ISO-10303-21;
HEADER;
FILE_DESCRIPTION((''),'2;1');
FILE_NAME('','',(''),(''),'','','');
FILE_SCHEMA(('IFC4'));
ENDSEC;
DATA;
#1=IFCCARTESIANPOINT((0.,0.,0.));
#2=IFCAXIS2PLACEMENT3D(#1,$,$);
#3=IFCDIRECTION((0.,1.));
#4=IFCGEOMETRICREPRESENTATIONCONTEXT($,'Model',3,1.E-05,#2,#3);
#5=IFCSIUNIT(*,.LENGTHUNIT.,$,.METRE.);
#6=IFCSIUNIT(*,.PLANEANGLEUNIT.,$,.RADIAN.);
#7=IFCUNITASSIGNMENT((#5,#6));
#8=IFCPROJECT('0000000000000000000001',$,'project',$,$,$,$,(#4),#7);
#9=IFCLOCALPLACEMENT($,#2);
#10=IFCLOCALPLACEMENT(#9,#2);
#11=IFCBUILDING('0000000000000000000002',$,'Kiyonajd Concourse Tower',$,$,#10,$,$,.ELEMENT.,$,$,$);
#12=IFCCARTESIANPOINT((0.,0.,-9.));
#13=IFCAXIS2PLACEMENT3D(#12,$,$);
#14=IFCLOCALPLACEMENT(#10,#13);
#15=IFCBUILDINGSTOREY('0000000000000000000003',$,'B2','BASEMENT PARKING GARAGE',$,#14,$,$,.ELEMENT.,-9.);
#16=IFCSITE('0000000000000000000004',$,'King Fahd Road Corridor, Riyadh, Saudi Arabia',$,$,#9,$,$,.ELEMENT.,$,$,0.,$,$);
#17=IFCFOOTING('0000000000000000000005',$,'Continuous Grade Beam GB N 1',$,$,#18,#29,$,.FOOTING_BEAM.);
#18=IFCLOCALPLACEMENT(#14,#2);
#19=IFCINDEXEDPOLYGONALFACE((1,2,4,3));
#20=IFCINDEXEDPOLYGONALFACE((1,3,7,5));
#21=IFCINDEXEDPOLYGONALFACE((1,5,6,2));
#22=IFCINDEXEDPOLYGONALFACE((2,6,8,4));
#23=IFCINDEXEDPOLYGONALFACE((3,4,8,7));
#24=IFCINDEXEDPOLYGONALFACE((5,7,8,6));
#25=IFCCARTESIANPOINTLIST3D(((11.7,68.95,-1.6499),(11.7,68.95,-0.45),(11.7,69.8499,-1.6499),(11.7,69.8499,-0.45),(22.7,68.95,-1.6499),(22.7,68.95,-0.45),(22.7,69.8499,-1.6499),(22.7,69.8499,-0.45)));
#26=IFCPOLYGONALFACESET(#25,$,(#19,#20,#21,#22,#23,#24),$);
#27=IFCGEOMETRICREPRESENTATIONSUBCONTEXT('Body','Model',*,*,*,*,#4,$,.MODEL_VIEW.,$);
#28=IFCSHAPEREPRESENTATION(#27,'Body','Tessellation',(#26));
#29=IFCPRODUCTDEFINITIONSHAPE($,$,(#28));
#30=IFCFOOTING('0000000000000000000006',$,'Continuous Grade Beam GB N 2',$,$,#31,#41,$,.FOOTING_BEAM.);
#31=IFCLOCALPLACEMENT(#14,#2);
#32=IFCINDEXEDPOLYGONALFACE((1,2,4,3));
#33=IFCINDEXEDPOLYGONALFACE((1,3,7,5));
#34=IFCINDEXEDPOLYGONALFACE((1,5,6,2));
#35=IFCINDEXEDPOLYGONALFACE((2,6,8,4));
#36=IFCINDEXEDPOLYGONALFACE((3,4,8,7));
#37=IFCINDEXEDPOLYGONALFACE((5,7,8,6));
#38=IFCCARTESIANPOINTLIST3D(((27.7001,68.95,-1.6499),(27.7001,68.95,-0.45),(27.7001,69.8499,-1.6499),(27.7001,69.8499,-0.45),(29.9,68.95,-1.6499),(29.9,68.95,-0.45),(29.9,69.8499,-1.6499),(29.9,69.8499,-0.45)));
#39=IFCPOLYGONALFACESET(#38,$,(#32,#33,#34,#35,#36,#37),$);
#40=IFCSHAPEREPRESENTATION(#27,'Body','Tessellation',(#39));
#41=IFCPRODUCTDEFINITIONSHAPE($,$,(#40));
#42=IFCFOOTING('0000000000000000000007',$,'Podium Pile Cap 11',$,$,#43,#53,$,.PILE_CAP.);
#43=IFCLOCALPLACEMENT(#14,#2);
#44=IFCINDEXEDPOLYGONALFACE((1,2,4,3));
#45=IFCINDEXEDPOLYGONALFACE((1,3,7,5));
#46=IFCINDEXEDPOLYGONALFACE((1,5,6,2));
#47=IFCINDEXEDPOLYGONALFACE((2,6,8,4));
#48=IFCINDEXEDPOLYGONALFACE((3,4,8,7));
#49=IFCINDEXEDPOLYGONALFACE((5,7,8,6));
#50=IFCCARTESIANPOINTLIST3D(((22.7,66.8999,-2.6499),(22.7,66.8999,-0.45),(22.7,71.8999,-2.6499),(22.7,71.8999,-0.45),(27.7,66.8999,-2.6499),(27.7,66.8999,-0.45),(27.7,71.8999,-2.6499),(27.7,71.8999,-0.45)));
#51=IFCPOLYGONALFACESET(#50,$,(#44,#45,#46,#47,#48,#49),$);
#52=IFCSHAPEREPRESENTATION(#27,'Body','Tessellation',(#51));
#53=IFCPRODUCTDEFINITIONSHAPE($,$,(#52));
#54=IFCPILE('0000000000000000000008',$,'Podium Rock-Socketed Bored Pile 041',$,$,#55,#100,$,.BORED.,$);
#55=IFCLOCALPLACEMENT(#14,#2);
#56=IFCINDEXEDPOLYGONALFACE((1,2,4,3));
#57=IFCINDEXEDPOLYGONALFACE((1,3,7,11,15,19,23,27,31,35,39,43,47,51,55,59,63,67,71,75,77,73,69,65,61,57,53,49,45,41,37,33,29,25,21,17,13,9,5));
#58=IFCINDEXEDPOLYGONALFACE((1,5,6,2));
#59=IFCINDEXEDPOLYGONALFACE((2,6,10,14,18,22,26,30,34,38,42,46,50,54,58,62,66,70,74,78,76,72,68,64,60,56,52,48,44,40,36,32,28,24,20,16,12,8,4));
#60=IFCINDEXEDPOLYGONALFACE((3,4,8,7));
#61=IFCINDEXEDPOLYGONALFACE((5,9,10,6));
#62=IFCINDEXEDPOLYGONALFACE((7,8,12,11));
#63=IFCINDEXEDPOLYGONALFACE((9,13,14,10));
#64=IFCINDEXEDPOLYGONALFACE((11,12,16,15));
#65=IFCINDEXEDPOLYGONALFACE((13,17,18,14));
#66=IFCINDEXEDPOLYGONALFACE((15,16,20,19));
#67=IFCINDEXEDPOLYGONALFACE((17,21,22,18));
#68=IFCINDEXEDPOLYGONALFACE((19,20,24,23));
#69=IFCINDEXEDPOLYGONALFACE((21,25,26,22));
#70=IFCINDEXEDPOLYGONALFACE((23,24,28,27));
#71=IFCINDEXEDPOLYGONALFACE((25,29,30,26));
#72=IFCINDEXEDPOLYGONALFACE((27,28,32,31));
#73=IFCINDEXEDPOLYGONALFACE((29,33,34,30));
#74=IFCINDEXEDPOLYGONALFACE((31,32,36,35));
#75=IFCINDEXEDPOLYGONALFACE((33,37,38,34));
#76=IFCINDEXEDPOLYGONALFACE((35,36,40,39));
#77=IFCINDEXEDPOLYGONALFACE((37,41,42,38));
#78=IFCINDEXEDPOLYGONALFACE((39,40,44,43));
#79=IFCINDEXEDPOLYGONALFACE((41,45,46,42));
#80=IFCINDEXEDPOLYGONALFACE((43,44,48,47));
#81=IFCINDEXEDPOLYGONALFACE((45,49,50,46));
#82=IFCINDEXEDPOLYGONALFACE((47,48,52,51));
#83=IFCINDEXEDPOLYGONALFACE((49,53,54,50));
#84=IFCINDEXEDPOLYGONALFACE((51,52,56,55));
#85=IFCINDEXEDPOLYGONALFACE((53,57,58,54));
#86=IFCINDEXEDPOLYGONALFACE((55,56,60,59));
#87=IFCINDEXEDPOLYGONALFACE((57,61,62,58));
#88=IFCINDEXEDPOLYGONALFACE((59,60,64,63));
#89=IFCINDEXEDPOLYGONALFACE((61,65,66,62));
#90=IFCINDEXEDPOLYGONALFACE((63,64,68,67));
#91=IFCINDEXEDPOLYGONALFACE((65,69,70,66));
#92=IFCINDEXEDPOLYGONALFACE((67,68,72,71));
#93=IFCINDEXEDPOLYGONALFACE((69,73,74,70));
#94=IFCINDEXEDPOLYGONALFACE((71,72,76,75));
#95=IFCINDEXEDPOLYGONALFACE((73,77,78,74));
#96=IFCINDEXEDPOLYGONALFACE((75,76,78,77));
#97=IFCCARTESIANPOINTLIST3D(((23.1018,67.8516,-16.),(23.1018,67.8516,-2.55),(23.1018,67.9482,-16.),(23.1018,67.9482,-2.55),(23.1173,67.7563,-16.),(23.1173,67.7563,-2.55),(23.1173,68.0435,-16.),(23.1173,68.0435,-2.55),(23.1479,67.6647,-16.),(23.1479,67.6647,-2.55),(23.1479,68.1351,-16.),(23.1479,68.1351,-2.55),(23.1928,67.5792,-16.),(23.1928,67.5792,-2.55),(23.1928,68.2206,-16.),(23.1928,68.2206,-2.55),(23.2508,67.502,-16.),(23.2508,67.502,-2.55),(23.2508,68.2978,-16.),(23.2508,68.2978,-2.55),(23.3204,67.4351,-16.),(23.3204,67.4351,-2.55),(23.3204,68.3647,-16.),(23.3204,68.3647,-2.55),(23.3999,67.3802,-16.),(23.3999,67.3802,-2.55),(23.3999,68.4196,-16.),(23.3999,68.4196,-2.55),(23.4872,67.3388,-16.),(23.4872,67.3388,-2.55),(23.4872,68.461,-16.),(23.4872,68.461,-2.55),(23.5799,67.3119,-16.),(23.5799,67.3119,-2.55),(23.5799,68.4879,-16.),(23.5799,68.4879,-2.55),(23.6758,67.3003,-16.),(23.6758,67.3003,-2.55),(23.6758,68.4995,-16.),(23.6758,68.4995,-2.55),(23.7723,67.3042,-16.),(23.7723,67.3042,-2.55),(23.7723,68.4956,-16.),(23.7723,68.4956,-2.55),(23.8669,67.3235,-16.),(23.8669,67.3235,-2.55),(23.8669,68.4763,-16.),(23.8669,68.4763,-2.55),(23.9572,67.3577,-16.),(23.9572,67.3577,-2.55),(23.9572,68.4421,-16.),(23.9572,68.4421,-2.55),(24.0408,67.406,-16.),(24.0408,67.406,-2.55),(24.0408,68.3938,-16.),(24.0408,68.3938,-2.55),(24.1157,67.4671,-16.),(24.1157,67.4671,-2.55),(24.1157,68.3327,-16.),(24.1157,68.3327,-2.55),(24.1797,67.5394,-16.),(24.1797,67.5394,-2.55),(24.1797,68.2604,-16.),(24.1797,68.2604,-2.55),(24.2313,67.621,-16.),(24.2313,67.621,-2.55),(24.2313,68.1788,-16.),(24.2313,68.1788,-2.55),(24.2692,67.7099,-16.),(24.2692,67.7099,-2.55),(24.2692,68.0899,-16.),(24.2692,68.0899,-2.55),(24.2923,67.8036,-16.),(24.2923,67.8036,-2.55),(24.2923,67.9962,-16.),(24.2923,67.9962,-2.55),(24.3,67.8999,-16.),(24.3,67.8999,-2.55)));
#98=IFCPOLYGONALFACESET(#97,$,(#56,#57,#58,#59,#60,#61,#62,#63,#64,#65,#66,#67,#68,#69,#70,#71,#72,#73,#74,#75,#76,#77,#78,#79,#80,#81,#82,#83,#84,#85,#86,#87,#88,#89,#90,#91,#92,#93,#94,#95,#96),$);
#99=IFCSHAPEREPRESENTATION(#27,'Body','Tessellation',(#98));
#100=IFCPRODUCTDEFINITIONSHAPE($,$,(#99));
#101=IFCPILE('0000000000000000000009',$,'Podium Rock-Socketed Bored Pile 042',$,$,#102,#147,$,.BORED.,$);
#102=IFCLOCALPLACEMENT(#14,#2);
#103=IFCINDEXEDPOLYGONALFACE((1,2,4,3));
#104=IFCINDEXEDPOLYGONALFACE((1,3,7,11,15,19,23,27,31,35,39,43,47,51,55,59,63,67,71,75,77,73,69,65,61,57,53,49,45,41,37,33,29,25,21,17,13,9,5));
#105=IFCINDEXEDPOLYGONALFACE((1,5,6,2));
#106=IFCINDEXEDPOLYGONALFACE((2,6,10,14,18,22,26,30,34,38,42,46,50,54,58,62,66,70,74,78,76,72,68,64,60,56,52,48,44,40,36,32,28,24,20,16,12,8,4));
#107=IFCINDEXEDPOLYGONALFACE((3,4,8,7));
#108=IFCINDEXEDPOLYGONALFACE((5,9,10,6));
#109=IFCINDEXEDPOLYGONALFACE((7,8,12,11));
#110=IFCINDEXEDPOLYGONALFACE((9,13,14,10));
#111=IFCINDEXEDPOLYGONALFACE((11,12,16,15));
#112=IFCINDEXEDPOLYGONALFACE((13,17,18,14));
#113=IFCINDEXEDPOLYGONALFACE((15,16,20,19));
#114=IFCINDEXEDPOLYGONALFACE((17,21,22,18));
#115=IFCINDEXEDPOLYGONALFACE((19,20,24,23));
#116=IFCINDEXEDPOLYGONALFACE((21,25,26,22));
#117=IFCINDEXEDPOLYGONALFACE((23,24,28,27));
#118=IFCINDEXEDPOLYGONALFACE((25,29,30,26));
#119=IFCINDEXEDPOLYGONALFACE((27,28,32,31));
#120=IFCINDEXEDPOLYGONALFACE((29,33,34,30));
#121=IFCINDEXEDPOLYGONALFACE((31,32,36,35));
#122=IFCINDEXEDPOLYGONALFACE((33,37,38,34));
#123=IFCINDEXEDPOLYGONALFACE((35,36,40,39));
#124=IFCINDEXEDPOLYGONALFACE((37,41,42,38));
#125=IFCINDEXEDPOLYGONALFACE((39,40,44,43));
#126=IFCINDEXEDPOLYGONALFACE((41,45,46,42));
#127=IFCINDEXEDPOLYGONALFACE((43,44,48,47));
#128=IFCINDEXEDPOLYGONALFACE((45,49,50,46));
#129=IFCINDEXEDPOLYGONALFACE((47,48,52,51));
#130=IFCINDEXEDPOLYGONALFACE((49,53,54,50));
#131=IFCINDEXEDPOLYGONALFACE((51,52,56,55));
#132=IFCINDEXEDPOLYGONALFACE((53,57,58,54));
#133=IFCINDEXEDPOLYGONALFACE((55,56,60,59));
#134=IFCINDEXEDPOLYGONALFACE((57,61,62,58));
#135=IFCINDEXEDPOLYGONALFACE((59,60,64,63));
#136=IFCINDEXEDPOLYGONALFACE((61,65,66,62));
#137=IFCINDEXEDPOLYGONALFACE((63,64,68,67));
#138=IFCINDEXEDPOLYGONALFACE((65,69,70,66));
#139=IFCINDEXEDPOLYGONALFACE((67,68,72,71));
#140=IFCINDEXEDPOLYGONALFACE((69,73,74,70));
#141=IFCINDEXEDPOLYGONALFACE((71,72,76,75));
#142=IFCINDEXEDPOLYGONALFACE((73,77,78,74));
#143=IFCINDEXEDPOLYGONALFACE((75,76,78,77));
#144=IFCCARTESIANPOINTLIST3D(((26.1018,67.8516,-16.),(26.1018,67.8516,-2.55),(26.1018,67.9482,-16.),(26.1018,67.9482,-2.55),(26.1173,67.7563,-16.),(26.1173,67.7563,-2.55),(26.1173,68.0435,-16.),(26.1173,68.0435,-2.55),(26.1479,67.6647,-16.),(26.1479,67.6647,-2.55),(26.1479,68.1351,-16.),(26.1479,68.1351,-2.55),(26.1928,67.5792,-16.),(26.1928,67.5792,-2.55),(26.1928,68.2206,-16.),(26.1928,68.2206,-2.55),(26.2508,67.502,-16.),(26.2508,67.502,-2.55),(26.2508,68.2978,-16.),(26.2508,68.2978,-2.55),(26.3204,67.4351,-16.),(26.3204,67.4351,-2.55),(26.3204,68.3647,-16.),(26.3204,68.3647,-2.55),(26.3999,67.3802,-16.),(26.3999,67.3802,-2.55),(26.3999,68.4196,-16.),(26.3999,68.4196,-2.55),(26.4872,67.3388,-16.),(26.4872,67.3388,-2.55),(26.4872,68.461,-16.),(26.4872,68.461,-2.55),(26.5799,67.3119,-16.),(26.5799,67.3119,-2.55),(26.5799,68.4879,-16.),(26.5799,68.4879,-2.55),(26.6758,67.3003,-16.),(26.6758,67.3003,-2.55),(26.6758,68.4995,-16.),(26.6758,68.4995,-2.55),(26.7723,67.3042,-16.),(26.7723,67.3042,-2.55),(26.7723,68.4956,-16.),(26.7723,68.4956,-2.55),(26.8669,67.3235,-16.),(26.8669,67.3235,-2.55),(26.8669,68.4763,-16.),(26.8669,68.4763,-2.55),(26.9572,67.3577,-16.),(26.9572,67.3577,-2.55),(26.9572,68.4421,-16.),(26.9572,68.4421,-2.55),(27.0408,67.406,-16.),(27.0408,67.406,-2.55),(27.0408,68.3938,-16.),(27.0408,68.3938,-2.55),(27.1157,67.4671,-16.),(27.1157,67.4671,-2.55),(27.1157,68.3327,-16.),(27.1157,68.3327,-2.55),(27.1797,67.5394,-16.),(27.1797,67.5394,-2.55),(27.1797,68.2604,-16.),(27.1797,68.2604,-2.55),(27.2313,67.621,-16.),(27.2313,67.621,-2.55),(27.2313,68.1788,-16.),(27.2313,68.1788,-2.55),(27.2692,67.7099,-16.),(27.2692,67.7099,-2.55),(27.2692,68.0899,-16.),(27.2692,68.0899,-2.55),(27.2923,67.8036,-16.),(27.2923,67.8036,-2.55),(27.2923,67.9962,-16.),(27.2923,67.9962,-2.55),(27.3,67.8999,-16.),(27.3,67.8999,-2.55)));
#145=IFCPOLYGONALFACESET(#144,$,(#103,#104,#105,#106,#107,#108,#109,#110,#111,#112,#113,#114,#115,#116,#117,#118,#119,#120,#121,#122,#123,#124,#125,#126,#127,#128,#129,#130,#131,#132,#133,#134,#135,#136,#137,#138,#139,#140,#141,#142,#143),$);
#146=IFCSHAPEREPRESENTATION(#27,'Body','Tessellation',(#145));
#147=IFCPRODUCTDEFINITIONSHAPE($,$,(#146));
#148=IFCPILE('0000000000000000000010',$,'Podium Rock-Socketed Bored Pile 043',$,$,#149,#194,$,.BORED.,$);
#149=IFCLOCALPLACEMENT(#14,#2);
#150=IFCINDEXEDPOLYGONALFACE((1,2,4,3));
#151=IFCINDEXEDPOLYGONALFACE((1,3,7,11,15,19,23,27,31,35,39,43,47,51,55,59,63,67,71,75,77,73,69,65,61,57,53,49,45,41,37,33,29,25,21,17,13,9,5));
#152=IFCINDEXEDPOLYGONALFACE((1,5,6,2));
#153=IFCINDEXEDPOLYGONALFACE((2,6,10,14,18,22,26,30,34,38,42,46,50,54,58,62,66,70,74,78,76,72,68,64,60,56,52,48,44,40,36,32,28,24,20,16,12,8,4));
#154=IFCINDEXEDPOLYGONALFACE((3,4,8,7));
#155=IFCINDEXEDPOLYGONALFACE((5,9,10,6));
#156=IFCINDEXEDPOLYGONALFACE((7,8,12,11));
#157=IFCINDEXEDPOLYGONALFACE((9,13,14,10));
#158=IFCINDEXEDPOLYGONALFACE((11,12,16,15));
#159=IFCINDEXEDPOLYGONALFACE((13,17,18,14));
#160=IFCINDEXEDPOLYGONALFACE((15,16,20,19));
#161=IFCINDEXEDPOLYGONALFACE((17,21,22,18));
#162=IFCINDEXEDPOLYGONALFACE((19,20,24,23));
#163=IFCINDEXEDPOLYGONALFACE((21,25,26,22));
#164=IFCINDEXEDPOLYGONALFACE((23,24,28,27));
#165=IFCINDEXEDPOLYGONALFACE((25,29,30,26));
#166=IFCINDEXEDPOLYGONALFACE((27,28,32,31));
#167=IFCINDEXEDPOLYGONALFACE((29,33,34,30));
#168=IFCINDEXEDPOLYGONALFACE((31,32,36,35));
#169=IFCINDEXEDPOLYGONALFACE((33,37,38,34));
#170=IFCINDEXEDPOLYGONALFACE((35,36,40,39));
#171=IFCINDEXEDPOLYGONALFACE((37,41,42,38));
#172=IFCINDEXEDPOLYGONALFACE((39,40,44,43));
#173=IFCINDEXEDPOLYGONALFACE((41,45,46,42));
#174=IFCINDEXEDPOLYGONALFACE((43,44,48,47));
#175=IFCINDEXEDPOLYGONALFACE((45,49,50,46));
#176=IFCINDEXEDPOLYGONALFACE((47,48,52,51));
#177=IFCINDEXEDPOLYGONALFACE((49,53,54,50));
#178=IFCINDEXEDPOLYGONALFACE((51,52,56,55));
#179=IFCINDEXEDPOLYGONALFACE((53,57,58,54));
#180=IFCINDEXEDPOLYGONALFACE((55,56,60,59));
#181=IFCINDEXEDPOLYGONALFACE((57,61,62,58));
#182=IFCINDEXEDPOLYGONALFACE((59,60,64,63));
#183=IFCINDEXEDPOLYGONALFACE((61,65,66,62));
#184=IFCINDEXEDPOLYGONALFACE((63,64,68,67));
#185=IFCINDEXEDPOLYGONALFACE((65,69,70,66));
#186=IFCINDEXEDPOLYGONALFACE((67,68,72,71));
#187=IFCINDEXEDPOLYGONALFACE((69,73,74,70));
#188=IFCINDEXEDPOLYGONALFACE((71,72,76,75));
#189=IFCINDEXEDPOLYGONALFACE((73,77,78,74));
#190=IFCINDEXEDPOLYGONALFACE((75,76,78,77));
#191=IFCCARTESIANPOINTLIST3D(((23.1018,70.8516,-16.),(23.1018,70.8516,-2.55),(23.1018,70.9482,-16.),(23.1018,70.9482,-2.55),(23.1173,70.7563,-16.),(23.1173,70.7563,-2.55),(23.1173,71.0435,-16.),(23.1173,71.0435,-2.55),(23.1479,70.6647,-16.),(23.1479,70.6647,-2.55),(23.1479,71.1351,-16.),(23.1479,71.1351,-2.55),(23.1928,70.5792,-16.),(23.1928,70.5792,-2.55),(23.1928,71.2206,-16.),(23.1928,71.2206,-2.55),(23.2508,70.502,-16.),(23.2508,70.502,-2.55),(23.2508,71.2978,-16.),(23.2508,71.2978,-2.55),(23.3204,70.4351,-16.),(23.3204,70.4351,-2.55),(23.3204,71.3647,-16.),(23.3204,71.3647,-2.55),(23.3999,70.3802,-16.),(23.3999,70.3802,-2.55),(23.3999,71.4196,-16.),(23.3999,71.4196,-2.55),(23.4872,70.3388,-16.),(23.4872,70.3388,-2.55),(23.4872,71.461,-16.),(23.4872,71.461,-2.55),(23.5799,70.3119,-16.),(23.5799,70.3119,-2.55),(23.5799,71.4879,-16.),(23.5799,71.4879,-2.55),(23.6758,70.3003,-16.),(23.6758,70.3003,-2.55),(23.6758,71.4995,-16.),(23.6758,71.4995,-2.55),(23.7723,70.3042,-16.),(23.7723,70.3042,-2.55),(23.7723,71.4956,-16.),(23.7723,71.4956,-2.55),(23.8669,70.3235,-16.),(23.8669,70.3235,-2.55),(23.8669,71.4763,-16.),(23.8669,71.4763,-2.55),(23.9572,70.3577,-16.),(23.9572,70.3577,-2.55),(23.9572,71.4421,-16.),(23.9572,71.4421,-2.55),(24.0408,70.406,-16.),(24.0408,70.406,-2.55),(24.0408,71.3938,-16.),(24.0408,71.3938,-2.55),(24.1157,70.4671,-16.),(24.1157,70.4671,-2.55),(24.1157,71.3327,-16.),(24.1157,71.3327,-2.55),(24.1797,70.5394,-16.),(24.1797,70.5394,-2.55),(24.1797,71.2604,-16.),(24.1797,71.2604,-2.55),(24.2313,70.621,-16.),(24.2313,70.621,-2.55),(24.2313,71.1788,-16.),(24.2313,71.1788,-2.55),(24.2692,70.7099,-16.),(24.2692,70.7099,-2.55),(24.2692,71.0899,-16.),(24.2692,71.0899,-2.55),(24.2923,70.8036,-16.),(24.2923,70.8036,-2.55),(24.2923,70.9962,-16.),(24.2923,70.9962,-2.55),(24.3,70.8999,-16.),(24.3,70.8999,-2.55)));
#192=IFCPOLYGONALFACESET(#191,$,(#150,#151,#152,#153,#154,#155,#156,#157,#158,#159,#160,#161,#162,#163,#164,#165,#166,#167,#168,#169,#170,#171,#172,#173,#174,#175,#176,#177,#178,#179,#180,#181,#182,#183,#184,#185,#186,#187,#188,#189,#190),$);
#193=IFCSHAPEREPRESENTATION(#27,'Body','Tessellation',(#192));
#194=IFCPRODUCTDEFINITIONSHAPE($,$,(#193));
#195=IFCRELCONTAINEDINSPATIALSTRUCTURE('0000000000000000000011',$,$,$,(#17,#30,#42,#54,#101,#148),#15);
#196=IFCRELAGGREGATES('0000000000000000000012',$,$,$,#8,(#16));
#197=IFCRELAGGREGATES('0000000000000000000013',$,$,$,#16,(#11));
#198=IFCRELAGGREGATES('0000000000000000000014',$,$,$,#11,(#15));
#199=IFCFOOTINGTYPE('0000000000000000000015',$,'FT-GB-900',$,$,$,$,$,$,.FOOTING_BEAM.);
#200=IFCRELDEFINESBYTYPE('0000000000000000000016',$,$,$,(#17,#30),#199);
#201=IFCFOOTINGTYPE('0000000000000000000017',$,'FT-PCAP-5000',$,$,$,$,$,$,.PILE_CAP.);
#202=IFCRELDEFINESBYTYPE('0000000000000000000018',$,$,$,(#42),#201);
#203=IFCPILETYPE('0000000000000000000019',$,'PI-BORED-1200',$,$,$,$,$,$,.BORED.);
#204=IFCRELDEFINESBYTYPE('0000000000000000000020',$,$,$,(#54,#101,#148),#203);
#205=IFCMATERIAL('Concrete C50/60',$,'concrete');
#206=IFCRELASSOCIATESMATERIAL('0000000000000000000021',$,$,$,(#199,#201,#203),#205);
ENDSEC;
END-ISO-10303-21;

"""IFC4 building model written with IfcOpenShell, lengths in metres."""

from ifc_helpers import new_model, si_unit, direction, frame, origin, origin_2d, place, context, subcontext, project, spatial, rectangle, circle, extrude, material, material_profile, profile_set, type_object, element, save


model = new_model("IFC4")

# Units and contexts
model_context = context("Model", 3, precision=1e-05, world=origin(), true_north=direction((0.0, 1.0)))
body_context = subcontext(model_context, "Body", "Model", "MODEL_VIEW")
ifc_project = project(units=[si_unit("LENGTHUNIT", "METRE"), si_unit("PLANEANGLEUNIT", "RADIAN")], contexts=[model_context])

# Site, building, storey
site_placement = place(None, origin())
site = spatial("IfcSite", under=ifc_project, at=site_placement, Name="King Fahd Road Corridor, Riyadh, Saudi Arabia", CompositionType="ELEMENT", RefElevation=0.0)
building_placement = place(site_placement, origin())
building = spatial("IfcBuilding", under=site, at=building_placement, Name="Kiyonajd Concourse Tower", CompositionType="ELEMENT")
storey_placement = place(building_placement, frame((0.0, 0.0, -9.0)))
storey = spatial("IfcBuildingStorey", under=building, at=storey_placement, Name="B2", Description="BASEMENT PARKING GARAGE", CompositionType="ELEMENT", Elevation=-9.0)

# Footings
ifc_material_1 = material(Name="Concrete C50/60", Category="concrete")
footing_type_1 = type_object("IfcFootingType", Name="FT-GB-900", PredefinedType="FOOTING_BEAM", material=ifc_material_1)
footing_1_placement = place(storey_placement, frame((17.2, 69.3999, -1.6499), z_axis=(0.0, 0.0, 1.0), x_axis=(1.0, 0.0, 0.0)))
element("IfcFooting", 1, at=footing_1_placement, inside=storey, type_object=footing_type_1, Name="Continuous Grade Beam GB N 1", PredefinedType="FOOTING_BEAM", context=body_context, shape_type="SweptSolid", body=[
    extrude(rectangle(XDim=11.0, YDim=0.8999, at=origin_2d()), origin(), (0.0, 0.0, 1.0), 1.2),
])
footing_2_placement = place(storey_placement, frame((28.8, 69.3999, -1.6499), z_axis=(0.0, 0.0, 1.0), x_axis=(1.0, 0.0, 0.0)))
element("IfcFooting", 2, at=footing_2_placement, inside=storey, type_object=footing_type_1, Name="Continuous Grade Beam GB N 2", PredefinedType="FOOTING_BEAM", context=body_context, shape_type="SweptSolid", body=[
    extrude(rectangle(XDim=2.2, YDim=0.8999, at=origin_2d()), origin(), (0.0, 0.0, 1.0), 1.2),
])
footing_type_2 = type_object("IfcFootingType", Name="FT-PCAP-5000", PredefinedType="PILE_CAP", material=ifc_material_1)
footing_3_placement = place(storey_placement, frame((25.2, 69.3999, -2.6499), z_axis=(0.0, 0.0, 1.0), x_axis=(1.0, 0.0, 0.0)))
element("IfcFooting", 3, at=footing_3_placement, inside=storey, type_object=footing_type_2, Name="Podium Pile Cap 11", PredefinedType="PILE_CAP", context=body_context, shape_type="SweptSolid", body=[
    extrude(rectangle(XDim=5.0, YDim=5.0, at=origin_2d()), origin(), (0.0, 0.0, 1.0), 2.2),
])

# Piles
ifc_material_profile_1 = material_profile(ifc_material_1, circle(Radius=0.6001, at=origin_2d()), Name="PILE-D1200")
ifc_profile_set_1 = profile_set([ifc_material_profile_1], Name="Concrete C50/60")
pile_type_1 = type_object("IfcPileType", Name="PI-BORED-1200", PredefinedType="BORED", material=ifc_profile_set_1)
for number, where, z_axis, x_axis, name in (
    (4, (23.7, 67.8999, -2.55), (0.0, 0.0, -1.0), (1.0, 0.0, 0.0), "Podium Rock-Socketed Bored Pile 041"),
    (5, (26.7, 67.8999, -2.55), (0.0, 0.0, -1.0), (1.0, 0.0, 0.0), "Podium Rock-Socketed Bored Pile 042"),
    (6, (23.7, 70.8999, -2.55), (0.0, 0.0, -1.0), (1.0, 0.0, 0.0), "Podium Rock-Socketed Bored Pile 043"),
):
    element("IfcPile", number, at=place(storey_placement, frame(where, z_axis=z_axis, x_axis=x_axis)), inside=storey, type_object=pile_type_1, Name=name, PredefinedType="BORED", context=body_context, shape_type="SweptSolid", body=[
        extrude(circle(Radius=0.6001, at=origin_2d()), origin(), (0.0, 0.0, 1.0), 13.45),
    ])

save(model, "model.ifc")
